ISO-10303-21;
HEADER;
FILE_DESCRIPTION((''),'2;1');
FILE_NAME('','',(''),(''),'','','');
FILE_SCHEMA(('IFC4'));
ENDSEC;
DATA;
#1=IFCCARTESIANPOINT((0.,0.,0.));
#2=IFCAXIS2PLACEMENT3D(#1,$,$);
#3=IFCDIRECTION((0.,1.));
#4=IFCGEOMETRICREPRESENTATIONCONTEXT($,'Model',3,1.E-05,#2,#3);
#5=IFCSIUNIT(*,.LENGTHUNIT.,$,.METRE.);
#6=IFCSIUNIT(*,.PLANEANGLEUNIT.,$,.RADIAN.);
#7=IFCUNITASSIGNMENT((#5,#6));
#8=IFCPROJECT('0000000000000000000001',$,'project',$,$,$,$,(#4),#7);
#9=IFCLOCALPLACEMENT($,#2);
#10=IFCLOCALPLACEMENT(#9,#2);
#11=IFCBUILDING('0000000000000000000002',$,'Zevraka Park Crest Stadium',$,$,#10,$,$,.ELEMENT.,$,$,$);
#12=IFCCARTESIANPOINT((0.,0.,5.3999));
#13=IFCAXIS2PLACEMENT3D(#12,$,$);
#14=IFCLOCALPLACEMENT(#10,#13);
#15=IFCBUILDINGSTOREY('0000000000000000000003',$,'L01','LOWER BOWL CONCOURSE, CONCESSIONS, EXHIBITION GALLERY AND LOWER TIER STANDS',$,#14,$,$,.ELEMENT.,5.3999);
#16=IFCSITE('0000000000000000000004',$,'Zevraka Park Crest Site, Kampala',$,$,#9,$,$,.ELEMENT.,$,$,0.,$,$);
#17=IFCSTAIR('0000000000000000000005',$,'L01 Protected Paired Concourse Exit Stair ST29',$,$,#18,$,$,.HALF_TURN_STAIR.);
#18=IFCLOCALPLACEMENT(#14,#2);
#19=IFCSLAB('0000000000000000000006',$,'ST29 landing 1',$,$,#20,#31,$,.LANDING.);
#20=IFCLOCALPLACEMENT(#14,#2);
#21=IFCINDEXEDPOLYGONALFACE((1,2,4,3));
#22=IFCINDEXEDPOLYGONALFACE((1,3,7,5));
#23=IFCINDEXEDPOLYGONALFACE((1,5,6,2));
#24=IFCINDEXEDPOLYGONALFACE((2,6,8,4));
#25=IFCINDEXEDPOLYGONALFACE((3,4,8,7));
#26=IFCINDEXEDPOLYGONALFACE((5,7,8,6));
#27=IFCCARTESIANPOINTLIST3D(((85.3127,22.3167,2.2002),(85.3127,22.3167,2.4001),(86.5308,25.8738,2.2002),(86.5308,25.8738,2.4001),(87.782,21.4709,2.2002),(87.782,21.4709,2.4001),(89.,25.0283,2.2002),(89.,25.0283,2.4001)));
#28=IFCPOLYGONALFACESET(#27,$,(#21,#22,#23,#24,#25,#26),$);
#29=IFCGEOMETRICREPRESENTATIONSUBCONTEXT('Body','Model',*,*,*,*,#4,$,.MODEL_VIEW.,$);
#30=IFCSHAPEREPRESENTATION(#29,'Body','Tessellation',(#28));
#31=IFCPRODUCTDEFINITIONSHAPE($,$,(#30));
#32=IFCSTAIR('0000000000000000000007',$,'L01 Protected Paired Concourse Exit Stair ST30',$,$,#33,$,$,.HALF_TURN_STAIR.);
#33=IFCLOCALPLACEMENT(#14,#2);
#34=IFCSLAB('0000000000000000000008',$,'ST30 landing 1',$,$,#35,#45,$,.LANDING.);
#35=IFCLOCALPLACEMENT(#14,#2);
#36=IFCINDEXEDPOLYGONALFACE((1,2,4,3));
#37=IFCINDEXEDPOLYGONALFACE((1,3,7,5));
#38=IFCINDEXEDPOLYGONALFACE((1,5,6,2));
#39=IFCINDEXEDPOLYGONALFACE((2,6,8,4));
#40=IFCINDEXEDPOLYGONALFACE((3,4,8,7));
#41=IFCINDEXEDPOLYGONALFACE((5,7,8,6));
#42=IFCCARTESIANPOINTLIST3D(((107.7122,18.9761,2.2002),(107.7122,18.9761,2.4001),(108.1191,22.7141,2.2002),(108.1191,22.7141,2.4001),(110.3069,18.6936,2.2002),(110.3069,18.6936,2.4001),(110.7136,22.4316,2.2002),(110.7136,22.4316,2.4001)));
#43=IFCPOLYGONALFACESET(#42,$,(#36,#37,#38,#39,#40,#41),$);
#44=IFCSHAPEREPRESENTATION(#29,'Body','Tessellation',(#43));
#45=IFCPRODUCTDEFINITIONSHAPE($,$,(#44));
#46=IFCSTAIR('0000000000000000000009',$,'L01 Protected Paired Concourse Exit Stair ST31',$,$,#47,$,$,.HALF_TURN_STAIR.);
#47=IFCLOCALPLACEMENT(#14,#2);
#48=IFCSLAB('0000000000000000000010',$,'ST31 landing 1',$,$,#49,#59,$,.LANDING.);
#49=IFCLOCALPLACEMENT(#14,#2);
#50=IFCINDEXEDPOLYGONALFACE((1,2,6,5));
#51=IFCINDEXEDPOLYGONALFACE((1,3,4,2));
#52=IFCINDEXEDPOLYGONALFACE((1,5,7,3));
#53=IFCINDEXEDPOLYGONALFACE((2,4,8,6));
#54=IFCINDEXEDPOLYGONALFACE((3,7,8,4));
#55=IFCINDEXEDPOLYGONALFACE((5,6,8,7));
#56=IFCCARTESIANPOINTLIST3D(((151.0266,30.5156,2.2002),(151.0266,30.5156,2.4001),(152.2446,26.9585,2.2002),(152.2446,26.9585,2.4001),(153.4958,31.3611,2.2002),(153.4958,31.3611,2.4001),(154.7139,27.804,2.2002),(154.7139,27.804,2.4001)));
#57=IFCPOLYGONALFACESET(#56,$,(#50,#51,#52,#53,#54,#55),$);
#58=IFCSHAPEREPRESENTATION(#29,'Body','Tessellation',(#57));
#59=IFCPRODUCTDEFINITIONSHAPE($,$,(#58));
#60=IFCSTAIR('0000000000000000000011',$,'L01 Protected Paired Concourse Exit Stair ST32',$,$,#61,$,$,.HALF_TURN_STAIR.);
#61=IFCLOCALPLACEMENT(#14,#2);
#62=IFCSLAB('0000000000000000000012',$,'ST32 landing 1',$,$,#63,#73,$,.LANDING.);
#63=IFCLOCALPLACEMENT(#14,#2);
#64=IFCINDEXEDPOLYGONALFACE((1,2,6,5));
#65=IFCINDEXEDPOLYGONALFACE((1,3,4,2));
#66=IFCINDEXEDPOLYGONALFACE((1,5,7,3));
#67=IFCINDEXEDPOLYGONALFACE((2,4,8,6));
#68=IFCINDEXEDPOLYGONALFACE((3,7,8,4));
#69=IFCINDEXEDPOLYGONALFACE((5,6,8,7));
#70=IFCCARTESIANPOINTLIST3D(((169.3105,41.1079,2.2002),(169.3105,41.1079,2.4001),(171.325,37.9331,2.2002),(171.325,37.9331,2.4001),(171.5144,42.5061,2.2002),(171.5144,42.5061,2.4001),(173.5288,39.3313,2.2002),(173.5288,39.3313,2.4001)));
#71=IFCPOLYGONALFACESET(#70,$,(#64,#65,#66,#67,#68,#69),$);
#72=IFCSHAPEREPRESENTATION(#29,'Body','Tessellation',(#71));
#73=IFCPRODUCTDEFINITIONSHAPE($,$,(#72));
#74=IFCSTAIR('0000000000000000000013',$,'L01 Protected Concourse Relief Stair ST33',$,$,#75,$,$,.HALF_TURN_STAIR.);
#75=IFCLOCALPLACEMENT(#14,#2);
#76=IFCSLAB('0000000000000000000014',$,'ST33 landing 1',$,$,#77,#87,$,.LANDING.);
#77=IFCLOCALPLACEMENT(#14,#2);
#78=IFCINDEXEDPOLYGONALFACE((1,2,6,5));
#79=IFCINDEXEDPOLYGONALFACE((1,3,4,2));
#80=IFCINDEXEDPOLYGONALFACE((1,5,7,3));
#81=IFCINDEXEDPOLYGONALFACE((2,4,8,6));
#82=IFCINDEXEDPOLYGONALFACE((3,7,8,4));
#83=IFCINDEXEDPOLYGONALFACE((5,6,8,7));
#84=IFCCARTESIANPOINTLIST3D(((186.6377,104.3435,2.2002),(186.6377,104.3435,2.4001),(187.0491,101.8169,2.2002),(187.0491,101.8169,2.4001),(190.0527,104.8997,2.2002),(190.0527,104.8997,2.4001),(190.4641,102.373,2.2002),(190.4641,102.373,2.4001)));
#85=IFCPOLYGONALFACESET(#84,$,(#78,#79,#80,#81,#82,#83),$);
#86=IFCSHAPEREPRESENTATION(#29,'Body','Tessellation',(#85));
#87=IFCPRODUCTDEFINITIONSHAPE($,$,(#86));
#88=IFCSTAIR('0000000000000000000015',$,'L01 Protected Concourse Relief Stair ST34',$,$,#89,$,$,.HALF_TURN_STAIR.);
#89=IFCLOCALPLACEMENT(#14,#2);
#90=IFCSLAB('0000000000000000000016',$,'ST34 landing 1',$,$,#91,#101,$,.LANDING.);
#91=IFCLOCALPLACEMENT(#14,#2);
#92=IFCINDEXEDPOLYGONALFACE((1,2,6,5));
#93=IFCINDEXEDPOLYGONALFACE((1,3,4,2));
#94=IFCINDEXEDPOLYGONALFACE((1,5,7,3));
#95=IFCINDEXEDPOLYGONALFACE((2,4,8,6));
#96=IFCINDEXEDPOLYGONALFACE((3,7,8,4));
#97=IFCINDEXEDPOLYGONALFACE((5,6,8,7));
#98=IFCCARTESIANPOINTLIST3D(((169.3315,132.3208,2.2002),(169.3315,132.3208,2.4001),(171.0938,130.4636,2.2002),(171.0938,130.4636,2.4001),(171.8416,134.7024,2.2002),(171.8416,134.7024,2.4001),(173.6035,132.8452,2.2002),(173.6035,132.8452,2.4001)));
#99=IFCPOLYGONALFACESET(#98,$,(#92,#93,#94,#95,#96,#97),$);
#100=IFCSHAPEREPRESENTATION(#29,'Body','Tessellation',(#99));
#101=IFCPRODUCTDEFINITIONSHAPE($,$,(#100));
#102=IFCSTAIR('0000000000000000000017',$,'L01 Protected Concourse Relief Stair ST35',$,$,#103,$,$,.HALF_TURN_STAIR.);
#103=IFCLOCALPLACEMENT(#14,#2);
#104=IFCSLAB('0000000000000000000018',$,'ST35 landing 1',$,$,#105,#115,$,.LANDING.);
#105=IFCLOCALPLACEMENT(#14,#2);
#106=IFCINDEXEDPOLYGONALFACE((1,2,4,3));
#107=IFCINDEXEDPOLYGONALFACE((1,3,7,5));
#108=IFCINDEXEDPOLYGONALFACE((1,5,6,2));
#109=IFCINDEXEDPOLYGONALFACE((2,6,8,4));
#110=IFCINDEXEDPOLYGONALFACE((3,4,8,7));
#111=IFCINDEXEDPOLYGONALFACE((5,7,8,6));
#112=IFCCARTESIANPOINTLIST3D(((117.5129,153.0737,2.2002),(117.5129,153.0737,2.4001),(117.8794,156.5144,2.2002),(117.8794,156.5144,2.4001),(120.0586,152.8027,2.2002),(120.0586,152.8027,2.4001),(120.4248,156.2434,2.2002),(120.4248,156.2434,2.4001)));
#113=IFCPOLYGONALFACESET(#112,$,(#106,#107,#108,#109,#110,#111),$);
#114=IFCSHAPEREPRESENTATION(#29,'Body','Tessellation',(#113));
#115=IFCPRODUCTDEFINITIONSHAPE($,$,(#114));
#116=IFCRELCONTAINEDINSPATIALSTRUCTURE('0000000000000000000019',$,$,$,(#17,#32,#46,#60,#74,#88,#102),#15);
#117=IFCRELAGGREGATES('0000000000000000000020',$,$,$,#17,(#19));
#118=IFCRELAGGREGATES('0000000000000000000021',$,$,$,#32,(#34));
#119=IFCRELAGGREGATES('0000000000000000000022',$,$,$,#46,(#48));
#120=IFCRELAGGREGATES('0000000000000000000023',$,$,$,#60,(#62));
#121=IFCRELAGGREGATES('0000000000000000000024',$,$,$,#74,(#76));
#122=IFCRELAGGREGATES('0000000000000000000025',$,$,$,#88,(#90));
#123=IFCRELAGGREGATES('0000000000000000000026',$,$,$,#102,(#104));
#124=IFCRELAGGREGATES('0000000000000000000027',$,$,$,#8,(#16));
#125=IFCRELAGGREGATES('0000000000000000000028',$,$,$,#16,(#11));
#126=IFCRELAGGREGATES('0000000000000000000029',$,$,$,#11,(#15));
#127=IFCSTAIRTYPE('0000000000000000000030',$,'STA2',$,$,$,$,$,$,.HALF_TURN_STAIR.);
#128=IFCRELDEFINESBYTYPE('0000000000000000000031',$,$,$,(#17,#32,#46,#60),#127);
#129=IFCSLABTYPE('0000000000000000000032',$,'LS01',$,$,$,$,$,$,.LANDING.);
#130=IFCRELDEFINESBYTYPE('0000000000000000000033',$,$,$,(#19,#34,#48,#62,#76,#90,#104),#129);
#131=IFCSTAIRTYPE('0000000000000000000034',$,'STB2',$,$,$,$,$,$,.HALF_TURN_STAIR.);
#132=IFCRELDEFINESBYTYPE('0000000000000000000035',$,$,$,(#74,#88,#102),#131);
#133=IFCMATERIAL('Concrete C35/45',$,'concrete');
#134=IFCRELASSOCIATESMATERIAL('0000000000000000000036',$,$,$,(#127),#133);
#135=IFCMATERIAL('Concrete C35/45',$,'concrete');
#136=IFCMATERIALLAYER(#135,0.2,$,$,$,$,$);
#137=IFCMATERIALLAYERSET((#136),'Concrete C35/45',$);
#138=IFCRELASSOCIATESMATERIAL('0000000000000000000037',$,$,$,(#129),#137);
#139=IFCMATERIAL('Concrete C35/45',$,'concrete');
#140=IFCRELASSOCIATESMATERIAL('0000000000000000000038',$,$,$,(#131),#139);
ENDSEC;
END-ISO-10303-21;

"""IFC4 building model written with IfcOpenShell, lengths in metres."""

from ifc_helpers import new_model, si_unit, direction, frame, origin, place, context, subcontext, project, spatial, polyline, outline, extrude, material, layer, layer_set, type_object, element, aggregate, save


model = new_model("IFC4")

# Units and contexts
model_context = context("Model", 3, precision=1e-05, world=origin(), true_north=direction((0.0, 1.0)))
body_context = subcontext(model_context, "Body", "Model", "MODEL_VIEW")
ifc_project = project(units=[si_unit("LENGTHUNIT", "METRE"), si_unit("PLANEANGLEUNIT", "RADIAN")], contexts=[model_context])

# Site, building, storey
site_placement = place(None, origin())
site = spatial("IfcSite", under=ifc_project, at=site_placement, Name="Zevraka Park Crest Site, Kampala", CompositionType="ELEMENT", RefElevation=0.0)
building_placement = place(site_placement, origin())
building = spatial("IfcBuilding", under=site, at=building_placement, Name="Zevraka Park Crest Stadium", CompositionType="ELEMENT")
storey_placement = place(building_placement, frame((0.0, 0.0, 5.3999)))
storey = spatial("IfcBuildingStorey", under=building, at=storey_placement, Name="L01", Description="LOWER BOWL CONCOURSE, CONCESSIONS, EXHIBITION GALLERY AND LOWER TIER STANDS", CompositionType="ELEMENT", Elevation=5.3999)

# Stairs, slabs
ifc_material_1 = material(Name="Concrete C35/45", Category="concrete")
stair_type_1 = type_object("IfcStairType", Name="STA2", PredefinedType="HALF_TURN_STAIR", material=ifc_material_1)
ifc_material_2 = material(Name="Concrete C35/45", Category="concrete")
ifc_layer = layer(ifc_material_2, 0.2)
ifc_layer_set = layer_set([ifc_layer], Name="Concrete C35/45")
slab_type = type_object("IfcSlabType", Name="LS01", PredefinedType="LANDING", material=ifc_layer_set)
stair_1_placement = place(storey_placement, origin())
stair_1 = element("IfcStair", 1, at=stair_1_placement, inside=storey, type_object=stair_type_1, Name="L01 Protected Paired Concourse Exit Stair ST29", PredefinedType="HALF_TURN_STAIR")
slab_1_placement = place(storey_placement, frame((0.0, 0.0, 2.2002)))
slab_1 = element("IfcSlab", 2, at=slab_1_placement, type_object=slab_type, Name="ST29 landing 1", PredefinedType="LANDING", context=body_context, shape_type="SweptSolid", body=[
    extrude(outline(polyline([(85.3127, 22.3167), (87.782, 21.4709), (89.0, 25.0283), (86.5308, 25.8738), (85.3127, 22.3167)])), origin(), (0.0, 0.0, 1.0), 0.2),
])
aggregate(stair_1, [slab_1])
stair_2_placement = place(storey_placement, origin())
stair_2 = element("IfcStair", 3, at=stair_2_placement, inside=storey, type_object=stair_type_1, Name="L01 Protected Paired Concourse Exit Stair ST30", PredefinedType="HALF_TURN_STAIR")
slab_2_placement = place(storey_placement, frame((0.0, 0.0, 2.2002)))
slab_2 = element("IfcSlab", 4, at=slab_2_placement, type_object=slab_type, Name="ST30 landing 1", PredefinedType="LANDING", context=body_context, shape_type="SweptSolid", body=[
    extrude(outline(polyline([(107.7122, 18.9761), (110.3069, 18.6936), (110.7136, 22.4316), (108.1191, 22.7141), (107.7122, 18.9761)])), origin(), (0.0, 0.0, 1.0), 0.2),
])
aggregate(stair_2, [slab_2])
stair_3_placement = place(storey_placement, origin())
stair_3 = element("IfcStair", 5, at=stair_3_placement, inside=storey, type_object=stair_type_1, Name="L01 Protected Paired Concourse Exit Stair ST31", PredefinedType="HALF_TURN_STAIR")
slab_3_placement = place(storey_placement, frame((0.0, 0.0, 2.2002)))
slab_3 = element("IfcSlab", 6, at=slab_3_placement, type_object=slab_type, Name="ST31 landing 1", PredefinedType="LANDING", context=body_context, shape_type="SweptSolid", body=[
    extrude(outline(polyline([(152.2446, 26.9585), (154.7139, 27.804), (153.4958, 31.3611), (151.0266, 30.5156), (152.2446, 26.9585)])), origin(), (0.0, 0.0, 1.0), 0.2),
])
aggregate(stair_3, [slab_3])
stair_4_placement = place(storey_placement, origin())
stair_4 = element("IfcStair", 7, at=stair_4_placement, inside=storey, type_object=stair_type_1, Name="L01 Protected Paired Concourse Exit Stair ST32", PredefinedType="HALF_TURN_STAIR")
slab_4_placement = place(storey_placement, frame((0.0, 0.0, 2.2002)))
slab_4 = element("IfcSlab", 8, at=slab_4_placement, type_object=slab_type, Name="ST32 landing 1", PredefinedType="LANDING", context=body_context, shape_type="SweptSolid", body=[
    extrude(outline(polyline([(171.325, 37.9331), (173.5288, 39.3313), (171.5144, 42.5061), (169.3105, 41.1079), (171.325, 37.9331)])), origin(), (0.0, 0.0, 1.0), 0.2),
])
aggregate(stair_4, [slab_4])
ifc_material_3 = material(Name="Concrete C35/45", Category="concrete")
stair_type_2 = type_object("IfcStairType", Name="STB2", PredefinedType="HALF_TURN_STAIR", material=ifc_material_3)
stair_5_placement = place(storey_placement, origin())
stair_5 = element("IfcStair", 9, at=stair_5_placement, inside=storey, type_object=stair_type_2, Name="L01 Protected Concourse Relief Stair ST33", PredefinedType="HALF_TURN_STAIR")
slab_5_placement = place(storey_placement, frame((0.0, 0.0, 2.2002)))
slab_5 = element("IfcSlab", 10, at=slab_5_placement, type_object=slab_type, Name="ST33 landing 1", PredefinedType="LANDING", context=body_context, shape_type="SweptSolid", body=[
    extrude(outline(polyline([(190.4641, 102.373), (190.0527, 104.8997), (186.6377, 104.3435), (187.0491, 101.8169), (190.4641, 102.373)])), origin(), (0.0, 0.0, 1.0), 0.2),
])
aggregate(stair_5, [slab_5])
stair_6_placement = place(storey_placement, origin())
stair_6 = element("IfcStair", 11, at=stair_6_placement, inside=storey, type_object=stair_type_2, Name="L01 Protected Concourse Relief Stair ST34", PredefinedType="HALF_TURN_STAIR")
slab_6_placement = place(storey_placement, frame((0.0, 0.0, 2.2002)))
slab_6 = element("IfcSlab", 12, at=slab_6_placement, type_object=slab_type, Name="ST34 landing 1", PredefinedType="LANDING", context=body_context, shape_type="SweptSolid", body=[
    extrude(outline(polyline([(173.6035, 132.8452), (171.8416, 134.7024), (169.3315, 132.3208), (171.0938, 130.4636), (173.6035, 132.8452)])), origin(), (0.0, 0.0, 1.0), 0.2),
])
aggregate(stair_6, [slab_6])
stair_7_placement = place(storey_placement, origin())
stair_7 = element("IfcStair", 13, at=stair_7_placement, inside=storey, type_object=stair_type_2, Name="L01 Protected Concourse Relief Stair ST35", PredefinedType="HALF_TURN_STAIR")
slab_7_placement = place(storey_placement, frame((0.0, 0.0, 2.2002)))
slab_7 = element("IfcSlab", 14, at=slab_7_placement, type_object=slab_type, Name="ST35 landing 1", PredefinedType="LANDING", context=body_context, shape_type="SweptSolid", body=[
    extrude(outline(polyline([(120.4248, 156.2434), (117.8794, 156.5144), (117.5129, 153.0737), (120.0586, 152.8027), (120.4248, 156.2434)])), origin(), (0.0, 0.0, 1.0), 0.2),
])
aggregate(stair_7, [slab_7])

save(model, "model.ifc")
